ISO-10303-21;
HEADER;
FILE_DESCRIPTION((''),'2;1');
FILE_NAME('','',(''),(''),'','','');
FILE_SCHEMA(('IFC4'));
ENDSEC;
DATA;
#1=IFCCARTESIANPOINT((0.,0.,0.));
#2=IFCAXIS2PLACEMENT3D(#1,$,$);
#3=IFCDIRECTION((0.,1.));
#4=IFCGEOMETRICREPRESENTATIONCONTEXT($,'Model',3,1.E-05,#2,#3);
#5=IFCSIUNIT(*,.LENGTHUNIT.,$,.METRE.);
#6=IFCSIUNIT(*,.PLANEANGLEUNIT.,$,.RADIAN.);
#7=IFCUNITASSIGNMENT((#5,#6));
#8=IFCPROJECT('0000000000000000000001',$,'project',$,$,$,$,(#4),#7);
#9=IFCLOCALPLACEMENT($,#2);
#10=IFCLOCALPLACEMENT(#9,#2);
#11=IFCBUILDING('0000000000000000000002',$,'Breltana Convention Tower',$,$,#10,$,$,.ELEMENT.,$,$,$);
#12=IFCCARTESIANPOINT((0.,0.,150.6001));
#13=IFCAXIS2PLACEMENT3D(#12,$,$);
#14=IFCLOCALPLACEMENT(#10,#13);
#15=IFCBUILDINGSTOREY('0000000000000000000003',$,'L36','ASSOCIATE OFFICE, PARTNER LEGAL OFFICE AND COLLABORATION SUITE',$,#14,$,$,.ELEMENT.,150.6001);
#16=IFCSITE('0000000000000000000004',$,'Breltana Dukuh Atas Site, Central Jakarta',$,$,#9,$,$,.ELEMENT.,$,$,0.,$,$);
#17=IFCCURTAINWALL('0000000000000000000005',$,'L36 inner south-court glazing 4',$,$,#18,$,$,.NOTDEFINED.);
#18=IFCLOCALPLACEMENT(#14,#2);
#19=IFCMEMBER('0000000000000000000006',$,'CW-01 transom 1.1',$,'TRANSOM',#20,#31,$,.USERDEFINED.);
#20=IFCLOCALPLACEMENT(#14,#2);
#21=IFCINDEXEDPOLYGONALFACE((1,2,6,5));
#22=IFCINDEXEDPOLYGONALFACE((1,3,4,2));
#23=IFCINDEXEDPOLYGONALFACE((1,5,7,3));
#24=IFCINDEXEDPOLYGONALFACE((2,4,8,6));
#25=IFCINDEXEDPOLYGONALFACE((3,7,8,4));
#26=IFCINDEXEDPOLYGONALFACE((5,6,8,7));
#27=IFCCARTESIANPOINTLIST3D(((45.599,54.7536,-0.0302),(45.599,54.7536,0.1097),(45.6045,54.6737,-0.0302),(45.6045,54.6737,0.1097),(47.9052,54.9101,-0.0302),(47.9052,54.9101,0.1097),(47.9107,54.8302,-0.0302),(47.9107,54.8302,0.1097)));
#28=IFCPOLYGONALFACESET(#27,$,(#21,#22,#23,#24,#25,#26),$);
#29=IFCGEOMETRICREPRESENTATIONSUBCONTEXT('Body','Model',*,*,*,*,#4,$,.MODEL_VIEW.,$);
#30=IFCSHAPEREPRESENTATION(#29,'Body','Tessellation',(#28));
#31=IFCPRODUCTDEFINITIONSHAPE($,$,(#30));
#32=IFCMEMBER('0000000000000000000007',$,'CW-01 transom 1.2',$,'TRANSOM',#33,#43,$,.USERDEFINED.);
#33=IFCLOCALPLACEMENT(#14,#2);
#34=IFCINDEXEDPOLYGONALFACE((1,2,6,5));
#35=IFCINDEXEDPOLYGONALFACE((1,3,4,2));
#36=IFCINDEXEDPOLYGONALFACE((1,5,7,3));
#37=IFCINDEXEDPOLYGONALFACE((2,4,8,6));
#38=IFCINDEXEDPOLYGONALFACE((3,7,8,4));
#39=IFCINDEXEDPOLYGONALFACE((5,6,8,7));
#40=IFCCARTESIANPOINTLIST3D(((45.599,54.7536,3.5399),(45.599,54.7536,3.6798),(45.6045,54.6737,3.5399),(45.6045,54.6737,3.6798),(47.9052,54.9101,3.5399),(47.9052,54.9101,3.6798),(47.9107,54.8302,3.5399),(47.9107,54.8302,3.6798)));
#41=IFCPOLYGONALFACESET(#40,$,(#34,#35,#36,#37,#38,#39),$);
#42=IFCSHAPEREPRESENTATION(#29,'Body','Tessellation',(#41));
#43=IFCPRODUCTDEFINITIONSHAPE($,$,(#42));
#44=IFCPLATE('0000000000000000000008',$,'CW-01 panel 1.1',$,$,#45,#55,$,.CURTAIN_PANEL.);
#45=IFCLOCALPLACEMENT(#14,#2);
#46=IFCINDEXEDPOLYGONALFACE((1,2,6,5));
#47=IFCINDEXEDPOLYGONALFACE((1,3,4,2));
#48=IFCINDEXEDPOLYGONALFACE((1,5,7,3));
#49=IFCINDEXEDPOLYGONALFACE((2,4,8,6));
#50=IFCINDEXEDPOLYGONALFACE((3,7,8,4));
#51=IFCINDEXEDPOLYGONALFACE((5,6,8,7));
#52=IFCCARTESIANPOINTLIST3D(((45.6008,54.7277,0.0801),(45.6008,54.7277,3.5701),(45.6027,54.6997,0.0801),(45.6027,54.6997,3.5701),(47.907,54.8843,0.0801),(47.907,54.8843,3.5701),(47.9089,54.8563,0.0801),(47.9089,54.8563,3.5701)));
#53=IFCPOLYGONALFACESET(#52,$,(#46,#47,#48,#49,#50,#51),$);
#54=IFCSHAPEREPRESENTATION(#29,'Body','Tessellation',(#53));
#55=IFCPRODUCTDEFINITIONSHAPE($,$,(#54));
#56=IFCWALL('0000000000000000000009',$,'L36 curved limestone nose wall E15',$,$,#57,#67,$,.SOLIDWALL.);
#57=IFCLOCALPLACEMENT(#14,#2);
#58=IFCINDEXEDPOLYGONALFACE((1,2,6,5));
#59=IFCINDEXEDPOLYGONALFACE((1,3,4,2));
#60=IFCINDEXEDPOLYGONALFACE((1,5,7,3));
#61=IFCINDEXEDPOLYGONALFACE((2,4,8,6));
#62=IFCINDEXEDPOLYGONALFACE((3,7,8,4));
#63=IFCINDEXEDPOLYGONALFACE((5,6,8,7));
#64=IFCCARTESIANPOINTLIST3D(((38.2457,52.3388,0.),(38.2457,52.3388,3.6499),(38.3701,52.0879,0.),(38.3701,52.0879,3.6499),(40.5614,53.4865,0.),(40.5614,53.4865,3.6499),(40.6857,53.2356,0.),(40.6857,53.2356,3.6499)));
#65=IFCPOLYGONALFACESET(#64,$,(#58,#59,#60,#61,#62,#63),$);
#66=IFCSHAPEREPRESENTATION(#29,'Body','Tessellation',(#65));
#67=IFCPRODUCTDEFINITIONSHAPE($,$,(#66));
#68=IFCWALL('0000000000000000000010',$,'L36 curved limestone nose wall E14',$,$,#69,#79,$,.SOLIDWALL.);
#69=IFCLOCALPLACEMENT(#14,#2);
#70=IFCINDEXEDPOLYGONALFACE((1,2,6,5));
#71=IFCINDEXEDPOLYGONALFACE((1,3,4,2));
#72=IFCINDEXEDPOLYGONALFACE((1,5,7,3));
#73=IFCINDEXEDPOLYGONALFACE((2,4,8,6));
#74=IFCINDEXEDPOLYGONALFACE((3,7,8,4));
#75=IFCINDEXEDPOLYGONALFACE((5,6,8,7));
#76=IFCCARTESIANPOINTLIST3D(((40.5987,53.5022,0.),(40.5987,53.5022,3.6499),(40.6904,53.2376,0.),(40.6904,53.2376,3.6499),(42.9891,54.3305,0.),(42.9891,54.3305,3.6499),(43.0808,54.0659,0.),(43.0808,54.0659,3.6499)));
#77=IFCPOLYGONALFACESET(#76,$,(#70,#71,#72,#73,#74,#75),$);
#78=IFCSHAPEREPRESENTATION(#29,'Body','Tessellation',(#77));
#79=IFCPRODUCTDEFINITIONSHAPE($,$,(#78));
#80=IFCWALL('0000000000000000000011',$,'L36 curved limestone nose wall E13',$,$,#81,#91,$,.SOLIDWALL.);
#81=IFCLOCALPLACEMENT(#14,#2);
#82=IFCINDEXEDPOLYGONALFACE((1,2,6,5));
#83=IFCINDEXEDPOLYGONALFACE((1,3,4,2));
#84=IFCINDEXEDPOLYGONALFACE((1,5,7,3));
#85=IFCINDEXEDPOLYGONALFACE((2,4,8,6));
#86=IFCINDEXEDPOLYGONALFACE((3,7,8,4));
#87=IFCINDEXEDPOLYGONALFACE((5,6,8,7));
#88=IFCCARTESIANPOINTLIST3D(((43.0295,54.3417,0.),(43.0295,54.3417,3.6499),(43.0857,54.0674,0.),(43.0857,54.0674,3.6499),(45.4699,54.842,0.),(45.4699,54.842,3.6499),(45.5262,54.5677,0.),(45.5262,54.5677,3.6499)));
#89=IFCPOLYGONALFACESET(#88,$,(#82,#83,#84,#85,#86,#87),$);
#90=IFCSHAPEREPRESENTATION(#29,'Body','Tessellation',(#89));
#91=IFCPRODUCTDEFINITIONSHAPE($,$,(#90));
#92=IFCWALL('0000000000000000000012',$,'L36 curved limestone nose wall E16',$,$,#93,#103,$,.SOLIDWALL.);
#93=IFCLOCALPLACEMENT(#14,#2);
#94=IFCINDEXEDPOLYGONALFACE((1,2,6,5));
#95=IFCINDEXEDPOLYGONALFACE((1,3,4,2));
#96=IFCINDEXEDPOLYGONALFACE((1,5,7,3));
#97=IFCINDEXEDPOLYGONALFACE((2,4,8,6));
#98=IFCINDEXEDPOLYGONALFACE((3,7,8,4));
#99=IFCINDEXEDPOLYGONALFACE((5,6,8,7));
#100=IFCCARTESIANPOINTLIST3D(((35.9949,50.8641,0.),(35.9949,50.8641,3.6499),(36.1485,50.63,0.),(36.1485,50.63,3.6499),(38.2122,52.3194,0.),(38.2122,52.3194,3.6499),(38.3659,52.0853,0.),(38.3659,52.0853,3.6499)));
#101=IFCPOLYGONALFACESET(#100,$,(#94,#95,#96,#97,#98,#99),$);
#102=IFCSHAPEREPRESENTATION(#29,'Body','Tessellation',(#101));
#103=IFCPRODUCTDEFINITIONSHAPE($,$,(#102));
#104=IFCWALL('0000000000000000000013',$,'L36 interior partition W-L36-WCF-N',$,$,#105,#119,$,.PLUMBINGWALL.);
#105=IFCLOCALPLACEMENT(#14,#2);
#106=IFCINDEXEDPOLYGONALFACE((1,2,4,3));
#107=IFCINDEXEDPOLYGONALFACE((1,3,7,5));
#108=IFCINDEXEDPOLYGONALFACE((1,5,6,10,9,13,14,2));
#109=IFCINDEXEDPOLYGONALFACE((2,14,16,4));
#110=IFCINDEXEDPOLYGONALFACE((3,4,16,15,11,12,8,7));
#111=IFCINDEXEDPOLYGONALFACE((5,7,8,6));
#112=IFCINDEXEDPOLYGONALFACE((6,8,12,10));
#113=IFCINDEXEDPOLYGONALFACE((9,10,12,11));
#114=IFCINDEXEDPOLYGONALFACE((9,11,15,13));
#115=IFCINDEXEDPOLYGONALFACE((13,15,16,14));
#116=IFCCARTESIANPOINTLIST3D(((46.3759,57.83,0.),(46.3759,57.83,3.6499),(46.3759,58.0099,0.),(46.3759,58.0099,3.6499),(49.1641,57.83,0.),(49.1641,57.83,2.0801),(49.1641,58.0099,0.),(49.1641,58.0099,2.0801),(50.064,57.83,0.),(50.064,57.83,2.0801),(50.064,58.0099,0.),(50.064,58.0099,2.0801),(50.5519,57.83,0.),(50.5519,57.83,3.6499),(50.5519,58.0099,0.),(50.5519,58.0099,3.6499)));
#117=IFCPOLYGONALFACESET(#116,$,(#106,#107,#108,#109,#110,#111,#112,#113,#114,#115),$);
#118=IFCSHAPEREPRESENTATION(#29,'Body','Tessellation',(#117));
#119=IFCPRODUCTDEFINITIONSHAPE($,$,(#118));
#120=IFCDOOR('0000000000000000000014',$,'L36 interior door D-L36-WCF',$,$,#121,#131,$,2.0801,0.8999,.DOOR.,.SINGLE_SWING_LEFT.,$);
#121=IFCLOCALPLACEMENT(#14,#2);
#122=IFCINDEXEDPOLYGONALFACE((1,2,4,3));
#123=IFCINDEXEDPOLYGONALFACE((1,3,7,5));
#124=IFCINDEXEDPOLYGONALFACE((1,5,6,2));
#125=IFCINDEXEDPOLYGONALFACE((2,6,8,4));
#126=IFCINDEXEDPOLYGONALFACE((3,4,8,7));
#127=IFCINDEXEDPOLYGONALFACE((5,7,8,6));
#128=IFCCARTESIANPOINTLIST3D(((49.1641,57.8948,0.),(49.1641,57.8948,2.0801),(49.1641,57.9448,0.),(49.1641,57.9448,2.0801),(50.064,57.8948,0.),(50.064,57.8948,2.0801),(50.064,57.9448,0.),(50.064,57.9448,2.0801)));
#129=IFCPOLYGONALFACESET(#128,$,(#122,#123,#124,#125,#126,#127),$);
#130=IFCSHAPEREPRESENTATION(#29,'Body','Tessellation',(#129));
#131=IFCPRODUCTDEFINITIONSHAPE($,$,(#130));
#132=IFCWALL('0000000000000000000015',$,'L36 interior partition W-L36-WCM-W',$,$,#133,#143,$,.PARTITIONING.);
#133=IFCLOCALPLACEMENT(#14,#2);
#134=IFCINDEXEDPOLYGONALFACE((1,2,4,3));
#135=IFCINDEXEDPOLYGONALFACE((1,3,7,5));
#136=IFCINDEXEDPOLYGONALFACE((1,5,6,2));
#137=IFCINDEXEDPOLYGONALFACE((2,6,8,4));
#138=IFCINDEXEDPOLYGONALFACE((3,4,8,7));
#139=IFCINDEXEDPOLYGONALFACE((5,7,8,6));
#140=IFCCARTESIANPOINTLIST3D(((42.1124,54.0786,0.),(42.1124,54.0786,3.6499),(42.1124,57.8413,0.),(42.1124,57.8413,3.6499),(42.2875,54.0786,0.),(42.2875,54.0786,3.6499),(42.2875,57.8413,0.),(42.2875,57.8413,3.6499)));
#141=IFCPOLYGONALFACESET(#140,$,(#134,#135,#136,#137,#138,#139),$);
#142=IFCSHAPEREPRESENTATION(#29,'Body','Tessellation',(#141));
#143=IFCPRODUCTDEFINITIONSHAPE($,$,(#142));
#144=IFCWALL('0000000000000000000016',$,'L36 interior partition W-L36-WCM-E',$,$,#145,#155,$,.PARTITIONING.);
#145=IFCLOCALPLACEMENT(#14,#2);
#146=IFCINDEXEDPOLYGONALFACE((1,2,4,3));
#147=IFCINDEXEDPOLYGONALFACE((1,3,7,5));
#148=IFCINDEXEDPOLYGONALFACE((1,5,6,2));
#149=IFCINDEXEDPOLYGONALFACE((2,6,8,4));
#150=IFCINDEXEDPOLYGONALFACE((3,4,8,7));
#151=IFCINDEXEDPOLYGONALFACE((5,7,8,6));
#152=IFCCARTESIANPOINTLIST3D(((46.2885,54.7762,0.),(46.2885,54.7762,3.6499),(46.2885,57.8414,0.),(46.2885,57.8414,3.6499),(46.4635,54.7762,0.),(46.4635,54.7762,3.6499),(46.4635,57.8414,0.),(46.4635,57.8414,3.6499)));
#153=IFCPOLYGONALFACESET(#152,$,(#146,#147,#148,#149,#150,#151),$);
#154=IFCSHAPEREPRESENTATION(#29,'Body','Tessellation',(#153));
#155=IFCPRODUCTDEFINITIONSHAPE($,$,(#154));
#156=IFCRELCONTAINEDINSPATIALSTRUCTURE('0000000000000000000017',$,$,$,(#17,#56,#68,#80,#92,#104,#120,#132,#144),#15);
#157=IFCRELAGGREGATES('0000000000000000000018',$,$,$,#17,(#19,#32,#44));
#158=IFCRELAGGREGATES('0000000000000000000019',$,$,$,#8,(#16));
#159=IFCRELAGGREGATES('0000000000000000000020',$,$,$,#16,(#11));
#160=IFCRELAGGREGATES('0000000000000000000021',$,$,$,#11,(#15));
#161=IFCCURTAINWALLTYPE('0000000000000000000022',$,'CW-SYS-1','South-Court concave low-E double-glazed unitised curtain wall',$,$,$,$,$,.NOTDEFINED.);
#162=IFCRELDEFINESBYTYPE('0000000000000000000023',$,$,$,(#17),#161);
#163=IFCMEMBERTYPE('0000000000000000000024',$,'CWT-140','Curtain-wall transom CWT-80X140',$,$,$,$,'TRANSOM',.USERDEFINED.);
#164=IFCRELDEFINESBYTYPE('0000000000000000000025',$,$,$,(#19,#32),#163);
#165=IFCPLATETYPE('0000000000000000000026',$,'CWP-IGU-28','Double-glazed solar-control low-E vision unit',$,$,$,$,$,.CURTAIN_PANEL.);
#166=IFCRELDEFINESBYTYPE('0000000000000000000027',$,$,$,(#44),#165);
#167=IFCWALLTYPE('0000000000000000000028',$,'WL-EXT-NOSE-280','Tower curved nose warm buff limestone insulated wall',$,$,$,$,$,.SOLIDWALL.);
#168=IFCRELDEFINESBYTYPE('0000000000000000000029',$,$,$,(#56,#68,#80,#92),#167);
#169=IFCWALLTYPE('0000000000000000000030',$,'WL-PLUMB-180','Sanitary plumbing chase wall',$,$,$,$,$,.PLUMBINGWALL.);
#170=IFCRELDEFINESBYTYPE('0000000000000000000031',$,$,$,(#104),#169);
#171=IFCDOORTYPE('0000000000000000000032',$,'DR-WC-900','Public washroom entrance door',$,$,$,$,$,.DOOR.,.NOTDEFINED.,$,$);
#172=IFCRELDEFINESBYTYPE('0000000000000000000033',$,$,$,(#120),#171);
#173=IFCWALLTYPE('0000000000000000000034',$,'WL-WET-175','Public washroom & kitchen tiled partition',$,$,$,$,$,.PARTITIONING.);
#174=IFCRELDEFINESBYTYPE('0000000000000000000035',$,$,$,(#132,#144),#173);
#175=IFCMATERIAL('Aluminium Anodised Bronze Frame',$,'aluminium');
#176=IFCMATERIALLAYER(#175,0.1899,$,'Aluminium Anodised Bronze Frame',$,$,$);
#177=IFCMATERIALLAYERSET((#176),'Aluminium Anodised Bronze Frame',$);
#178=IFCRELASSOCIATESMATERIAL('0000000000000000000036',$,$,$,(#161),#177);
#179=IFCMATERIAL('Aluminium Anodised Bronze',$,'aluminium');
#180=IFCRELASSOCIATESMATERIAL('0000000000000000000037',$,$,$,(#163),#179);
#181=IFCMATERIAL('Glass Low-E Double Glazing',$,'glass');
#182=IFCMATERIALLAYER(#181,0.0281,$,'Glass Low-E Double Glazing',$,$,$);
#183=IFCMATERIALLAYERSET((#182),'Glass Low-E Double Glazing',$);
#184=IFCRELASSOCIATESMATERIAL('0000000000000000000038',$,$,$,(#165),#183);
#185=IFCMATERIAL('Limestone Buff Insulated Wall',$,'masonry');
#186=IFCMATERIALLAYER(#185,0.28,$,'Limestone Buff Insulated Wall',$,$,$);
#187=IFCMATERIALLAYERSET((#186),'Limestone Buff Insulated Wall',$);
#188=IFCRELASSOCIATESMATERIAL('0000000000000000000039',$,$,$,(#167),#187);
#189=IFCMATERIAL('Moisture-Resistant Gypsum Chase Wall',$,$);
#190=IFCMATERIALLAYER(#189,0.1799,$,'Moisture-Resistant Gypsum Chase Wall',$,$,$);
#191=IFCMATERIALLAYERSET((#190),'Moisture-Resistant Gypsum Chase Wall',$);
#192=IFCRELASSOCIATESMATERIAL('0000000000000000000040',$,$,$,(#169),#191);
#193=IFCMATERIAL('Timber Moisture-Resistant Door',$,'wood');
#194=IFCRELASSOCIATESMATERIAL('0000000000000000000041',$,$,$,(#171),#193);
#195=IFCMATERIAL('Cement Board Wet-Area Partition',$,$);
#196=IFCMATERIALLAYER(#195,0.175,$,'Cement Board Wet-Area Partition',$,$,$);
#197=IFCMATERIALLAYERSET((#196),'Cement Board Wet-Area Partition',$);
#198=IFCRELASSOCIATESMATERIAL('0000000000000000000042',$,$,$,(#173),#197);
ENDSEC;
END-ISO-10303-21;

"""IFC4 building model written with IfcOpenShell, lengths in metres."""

from ifc_helpers import new_model, si_unit, direction, frame, frame_2d, origin, origin_2d, place, context, subcontext, project, spatial, rectangle, extrude, source, transform, mapped, material, layer, layer_set, material_profile, profile_set, type_object, type_shapes, element, fill, aggregate, save


model = new_model("IFC4")

# Units and contexts
model_context = context("Model", 3, precision=1e-05, world=origin(), true_north=direction((0.0, 1.0)))
body_context = subcontext(model_context, "Body", "Model", "MODEL_VIEW")
ifc_project = project(units=[si_unit("LENGTHUNIT", "METRE"), si_unit("PLANEANGLEUNIT", "RADIAN")], contexts=[model_context])

# Site, building, storey
site_placement = place(None, origin())
site = spatial("IfcSite", under=ifc_project, at=site_placement, Name="Breltana Dukuh Atas Site, Central Jakarta", CompositionType="ELEMENT", RefElevation=0.0)
building_placement = place(site_placement, origin())
building = spatial("IfcBuilding", under=site, at=building_placement, Name="Breltana Convention Tower", CompositionType="ELEMENT")
storey_placement = place(building_placement, frame((0.0, 0.0, 150.6001)))
storey = spatial("IfcBuildingStorey", under=building, at=storey_placement, Name="L36", Description="ASSOCIATE OFFICE, PARTNER LEGAL OFFICE AND COLLABORATION SUITE", CompositionType="ELEMENT", Elevation=150.6001)

# Curtain wall
ifc_material_1 = material(Name="Aluminium Anodised Bronze Frame", Category="aluminium")
ifc_layer_1 = layer(ifc_material_1, 0.1899, Name="Aluminium Anodised Bronze Frame")
ifc_layer_set_1 = layer_set([ifc_layer_1], Name="Aluminium Anodised Bronze Frame")
curtain_wall_type = type_object("IfcCurtainWallType", Name="CW-SYS-1", Description="South-Court concave low-E double-glazed unitised curtain wall", PredefinedType="NOTDEFINED", material=ifc_layer_set_1)
curtain_wall_1_placement = place(storey_placement, origin())
curtain_wall_1 = element("IfcCurtainWall", 1, at=curtain_wall_1_placement, inside=storey, type_object=curtain_wall_type, Name="L36 inner south-court glazing 4", PredefinedType="NOTDEFINED")
ifc_material_2 = material(Name="Aluminium Anodised Bronze", Category="aluminium")

# Members
ifc_material_profile_1 = material_profile(ifc_material_2, rectangle(XDim=0.0801, YDim=0.1399, at=origin_2d()), Name="CWT-80X140")
ifc_profile_set_1 = profile_set([ifc_material_profile_1], Name="Aluminium Anodised Bronze")
member_type_1 = type_object("IfcMemberType", Name="CWT-140", Description="Curtain-wall transom CWT-80X140", ElementType="TRANSOM", PredefinedType="USERDEFINED", material=ifc_profile_set_1)
shared_shape_1 = source(origin(), body_context, "Body", "SweptSolid", [
    extrude(rectangle(XDim=0.0801, YDim=0.1399, at=origin_2d()), origin(), (0.0, 0.0, 1.0), 2.3115),
])
member_1_placement = place(storey_placement, frame((47.908, 54.8701, 0.0398), z_axis=(-0.997705, -0.067704, 0.0), x_axis=(0.067704, -0.997705, 0.0)))
member_1 = element("IfcMember", 2, at=member_1_placement, type_object=member_type_1, Name="CW-01 transom 1.1", ObjectType="TRANSOM", PredefinedType="USERDEFINED", context=body_context, shape_type="MappedRepresentation", body=[
    mapped(shared_shape_1, transform((0.0, 0.0, 0.0), scale=1.0)),
])
member_2_placement = place(storey_placement, frame((47.908, 54.8701, 3.6099), z_axis=(-0.997705, -0.067704, 0.0), x_axis=(0.067704, -0.997705, 0.0)))
member_2 = element("IfcMember", 3, at=member_2_placement, type_object=member_type_1, Name="CW-01 transom 1.2", ObjectType="TRANSOM", PredefinedType="USERDEFINED", context=body_context, shape_type="MappedRepresentation", body=[
    mapped(shared_shape_1, transform((0.0, 0.0, 0.0), scale=1.0)),
])

# Plate
ifc_material_3 = material(Name="Glass Low-E Double Glazing", Category="glass")
ifc_layer_2 = layer(ifc_material_3, 0.0281, Name="Glass Low-E Double Glazing")
ifc_layer_set_2 = layer_set([ifc_layer_2], Name="Glass Low-E Double Glazing")
plate_type = type_object("IfcPlateType", Name="CWP-IGU-28", Description="Double-glazed solar-control low-E vision unit", PredefinedType="CURTAIN_PANEL", material=ifc_layer_set_2)
shared_shape_2 = source(origin(), body_context, "Body", "SweptSolid", [
    extrude(rectangle(XDim=2.3115, YDim=0.0281, at=origin_2d()), origin(), (0.0, 0.0, 1.0), 3.49),
])
plate_placement = place(storey_placement, frame((46.7549, 54.792, 0.0801), z_axis=(0.0, 0.0, 1.0), x_axis=(-0.997703, -0.067733, 0.0)))
plate = element("IfcPlate", 4, at=plate_placement, type_object=plate_type, Name="CW-01 panel 1.1", PredefinedType="CURTAIN_PANEL", context=body_context, shape_type="MappedRepresentation", body=[
    mapped(shared_shape_2, transform((0.0, 0.0, 0.0), scale=1.0)),
])
aggregate(curtain_wall_1, [member_1, member_2, plate])

# Walls
ifc_material_4 = material(Name="Limestone Buff Insulated Wall", Category="masonry")
ifc_layer_3 = layer(ifc_material_4, 0.28, Name="Limestone Buff Insulated Wall")
ifc_layer_set_3 = layer_set([ifc_layer_3], Name="Limestone Buff Insulated Wall")
wall_type_1 = type_object("IfcWallType", Name="WL-EXT-NOSE-280", Description="Tower curved nose warm buff limestone insulated wall", PredefinedType="SOLIDWALL", material=ifc_layer_set_3)
shared_shape_3 = source(origin(), body_context, "Body", "SweptSolid", [
    extrude(rectangle(XDim=2.5845, YDim=0.28, at=frame_2d((1.2922, 0.0))), origin(), (0.0, 0.0, 1.0), 3.6499),
])
wall_1_placement = place(storey_placement, frame((40.6235, 53.3611, 0.0), z_axis=(0.0, 0.0, 1.0), x_axis=(-0.89599, -0.444075, 0.0)))
element("IfcWall", 5, at=wall_1_placement, inside=storey, type_object=wall_type_1, Name="L36 curved limestone nose wall E15", PredefinedType="SOLIDWALL", context=body_context, shape_type="MappedRepresentation", body=[
    mapped(shared_shape_3, transform((0.0, 0.0, 0.0), scale=1.0)),
])
shared_shape_4 = source(origin(), body_context, "Body", "SweptSolid", [
    extrude(rectangle(XDim=2.5298, YDim=0.28, at=frame_2d((1.2649, 0.0))), origin(), (0.0, 0.0, 1.0), 3.6499),
])
wall_2_placement = place(storey_placement, frame((43.0349, 54.1982, 0.0), z_axis=(0.0, 0.0, 1.0), x_axis=(-0.944872, -0.327439, 0.0)))
element("IfcWall", 6, at=wall_2_placement, inside=storey, type_object=wall_type_1, Name="L36 curved limestone nose wall E14", PredefinedType="SOLIDWALL", context=body_context, shape_type="MappedRepresentation", body=[
    mapped(shared_shape_4, transform((0.0, 0.0, 0.0), scale=1.0)),
])
shared_shape_5 = source(origin(), body_context, "Body", "SweptSolid", [
    extrude(rectangle(XDim=2.4912, YDim=0.28, at=frame_2d((1.2456, 0.0))), origin(), (0.0, 0.0, 1.0), 3.6499),
])
wall_3_placement = place(storey_placement, frame((45.498, 54.7048, 0.0), z_axis=(0.0, 0.0, 1.0), x_axis=(-0.979631, -0.200807, 0.0)))
element("IfcWall", 7, at=wall_3_placement, inside=storey, type_object=wall_type_1, Name="L36 curved limestone nose wall E13", PredefinedType="SOLIDWALL", context=body_context, shape_type="MappedRepresentation", body=[
    mapped(shared_shape_5, transform((0.0, 0.0, 0.0), scale=1.0)),
])
shared_shape_6 = source(origin(), body_context, "Body", "SweptSolid", [
    extrude(rectangle(XDim=2.6523, YDim=0.28, at=frame_2d((1.3262, 0.0))), origin(), (0.0, 0.0, 1.0), 3.6499),
])
wall_4_placement = place(storey_placement, frame((38.2891, 52.2024, 0.0), z_axis=(0.0, 0.0, 1.0), x_axis=(-0.836008, -0.548717, 0.0)))
element("IfcWall", 8, at=wall_4_placement, inside=storey, type_object=wall_type_1, Name="L36 curved limestone nose wall E16", PredefinedType="SOLIDWALL", context=body_context, shape_type="MappedRepresentation", body=[
    mapped(shared_shape_6, transform((0.0, 0.0, 0.0), scale=1.0)),
])

# Wall, opening, door
ifc_material_5 = material(Name="Moisture-Resistant Gypsum Chase Wall")
ifc_layer_4 = layer(ifc_material_5, 0.1799, Name="Moisture-Resistant Gypsum Chase Wall")
ifc_layer_set_4 = layer_set([ifc_layer_4], Name="Moisture-Resistant Gypsum Chase Wall")
wall_type_2 = type_object("IfcWallType", Name="WL-PLUMB-180", Description="Sanitary plumbing chase wall", PredefinedType="PLUMBINGWALL", material=ifc_layer_set_4)
shared_shape_7 = source(origin(), body_context, "Body", "SweptSolid", [
    extrude(rectangle(XDim=4.176, YDim=0.1799, at=frame_2d((2.0879, 0.0))), origin(), (0.0, 0.0, 1.0), 3.6499),
])
wall_5_placement = place(storey_placement, frame((46.376, 57.9199, 0.0), z_axis=(0.0, 0.0, 1.0), x_axis=(1.0, 0.0, 0.0)))
wall_5 = element("IfcWall", 9, at=wall_5_placement, inside=storey, type_object=wall_type_2, Name="L36 interior partition W-L36-WCF-N", PredefinedType="PLUMBINGWALL", context=body_context, shape_type="MappedRepresentation", body=[
    mapped(shared_shape_7, transform((0.0, 0.0, 0.0), scale=1.0)),
])
opening_placement = place(wall_5_placement, frame((2.7881, 0.0, 0.0)))
opening = element("IfcOpeningElement", 10, at=opening_placement, cuts=wall_5, PredefinedType="OPENING", context=body_context, shape_type="SweptSolid", body=[
    extrude(rectangle(XDim=0.8999, YDim=2.0801, at=frame_2d((0.45, 1.04))), frame((0.0, 0.1001, 0.0), z_axis=(0.0, -1.0, 0.0), x_axis=(1.0, 0.0, 0.0)), (0.0, 0.0, 1.0), 0.2),
])
ifc_material_6 = material(Name="Timber Moisture-Resistant Door", Category="wood")
door_type = type_object("IfcDoorType", Name="DR-WC-900", Description="Public washroom entrance door", OperationType="NOTDEFINED", PredefinedType="DOOR", material=ifc_material_6)
shared_shape_8 = source(origin(), body_context, "Body", "SweptSolid", [
    extrude(rectangle(XDim=0.8999, YDim=2.0801, at=frame_2d((0.45, 1.04))), frame((0.0, 0.0249, 0.0), z_axis=(0.0, -1.0, 0.0), x_axis=(1.0, 0.0, 0.0)), (0.0, 0.0, 1.0), 0.05),
])
type_shapes(door_type, [shared_shape_8])
door_placement = place(opening_placement, origin())
door = element("IfcDoor", 11, at=door_placement, inside=storey, type_object=door_type, Name="L36 interior door D-L36-WCF", OperationType="SINGLE_SWING_LEFT", OverallHeight=2.0801, OverallWidth=0.8999, PredefinedType="DOOR", context=body_context, shape_type="MappedRepresentation", body=[
    mapped(shared_shape_8, transform((0.0, 0.0, 0.0), scale=1.0)),
])
fill(opening, door)

# Walls
ifc_material_7 = material(Name="Cement Board Wet-Area Partition")
ifc_layer_5 = layer(ifc_material_7, 0.175, Name="Cement Board Wet-Area Partition")
ifc_layer_set_5 = layer_set([ifc_layer_5], Name="Cement Board Wet-Area Partition")
wall_type_3 = type_object("IfcWallType", Name="WL-WET-175", Description="Public washroom & kitchen tiled partition", PredefinedType="PARTITIONING", material=ifc_layer_set_5)
shared_shape_9 = source(origin(), body_context, "Body", "SweptSolid", [
    extrude(rectangle(XDim=3.7627, YDim=0.175, at=frame_2d((1.8813, 0.0))), origin(), (0.0, 0.0, 1.0), 3.6499),
])
wall_6_placement = place(storey_placement, frame((42.2, 54.0786, 0.0), z_axis=(0.0, 0.0, 1.0), x_axis=(0.0, 1.0, 0.0)))
element("IfcWall", 12, at=wall_6_placement, inside=storey, type_object=wall_type_3, Name="L36 interior partition W-L36-WCM-W", PredefinedType="PARTITIONING", context=body_context, shape_type="MappedRepresentation", body=[
    mapped(shared_shape_9, transform((0.0, 0.0, 0.0), scale=1.0)),
])
shared_shape_10 = source(origin(), body_context, "Body", "SweptSolid", [
    extrude(rectangle(XDim=3.0652, YDim=0.175, at=frame_2d((1.5327, 0.0))), origin(), (0.0, 0.0, 1.0), 3.6499),
])
wall_7_placement = place(storey_placement, frame((46.376, 54.7761, 0.0), z_axis=(0.0, 0.0, 1.0), x_axis=(0.0, 1.0, 0.0)))
element("IfcWall", 13, at=wall_7_placement, inside=storey, type_object=wall_type_3, Name="L36 interior partition W-L36-WCM-E", PredefinedType="PARTITIONING", context=body_context, shape_type="MappedRepresentation", body=[
    mapped(shared_shape_10, transform((0.0, 0.0, 0.0), scale=1.0)),
])

save(model, "model.ifc")
